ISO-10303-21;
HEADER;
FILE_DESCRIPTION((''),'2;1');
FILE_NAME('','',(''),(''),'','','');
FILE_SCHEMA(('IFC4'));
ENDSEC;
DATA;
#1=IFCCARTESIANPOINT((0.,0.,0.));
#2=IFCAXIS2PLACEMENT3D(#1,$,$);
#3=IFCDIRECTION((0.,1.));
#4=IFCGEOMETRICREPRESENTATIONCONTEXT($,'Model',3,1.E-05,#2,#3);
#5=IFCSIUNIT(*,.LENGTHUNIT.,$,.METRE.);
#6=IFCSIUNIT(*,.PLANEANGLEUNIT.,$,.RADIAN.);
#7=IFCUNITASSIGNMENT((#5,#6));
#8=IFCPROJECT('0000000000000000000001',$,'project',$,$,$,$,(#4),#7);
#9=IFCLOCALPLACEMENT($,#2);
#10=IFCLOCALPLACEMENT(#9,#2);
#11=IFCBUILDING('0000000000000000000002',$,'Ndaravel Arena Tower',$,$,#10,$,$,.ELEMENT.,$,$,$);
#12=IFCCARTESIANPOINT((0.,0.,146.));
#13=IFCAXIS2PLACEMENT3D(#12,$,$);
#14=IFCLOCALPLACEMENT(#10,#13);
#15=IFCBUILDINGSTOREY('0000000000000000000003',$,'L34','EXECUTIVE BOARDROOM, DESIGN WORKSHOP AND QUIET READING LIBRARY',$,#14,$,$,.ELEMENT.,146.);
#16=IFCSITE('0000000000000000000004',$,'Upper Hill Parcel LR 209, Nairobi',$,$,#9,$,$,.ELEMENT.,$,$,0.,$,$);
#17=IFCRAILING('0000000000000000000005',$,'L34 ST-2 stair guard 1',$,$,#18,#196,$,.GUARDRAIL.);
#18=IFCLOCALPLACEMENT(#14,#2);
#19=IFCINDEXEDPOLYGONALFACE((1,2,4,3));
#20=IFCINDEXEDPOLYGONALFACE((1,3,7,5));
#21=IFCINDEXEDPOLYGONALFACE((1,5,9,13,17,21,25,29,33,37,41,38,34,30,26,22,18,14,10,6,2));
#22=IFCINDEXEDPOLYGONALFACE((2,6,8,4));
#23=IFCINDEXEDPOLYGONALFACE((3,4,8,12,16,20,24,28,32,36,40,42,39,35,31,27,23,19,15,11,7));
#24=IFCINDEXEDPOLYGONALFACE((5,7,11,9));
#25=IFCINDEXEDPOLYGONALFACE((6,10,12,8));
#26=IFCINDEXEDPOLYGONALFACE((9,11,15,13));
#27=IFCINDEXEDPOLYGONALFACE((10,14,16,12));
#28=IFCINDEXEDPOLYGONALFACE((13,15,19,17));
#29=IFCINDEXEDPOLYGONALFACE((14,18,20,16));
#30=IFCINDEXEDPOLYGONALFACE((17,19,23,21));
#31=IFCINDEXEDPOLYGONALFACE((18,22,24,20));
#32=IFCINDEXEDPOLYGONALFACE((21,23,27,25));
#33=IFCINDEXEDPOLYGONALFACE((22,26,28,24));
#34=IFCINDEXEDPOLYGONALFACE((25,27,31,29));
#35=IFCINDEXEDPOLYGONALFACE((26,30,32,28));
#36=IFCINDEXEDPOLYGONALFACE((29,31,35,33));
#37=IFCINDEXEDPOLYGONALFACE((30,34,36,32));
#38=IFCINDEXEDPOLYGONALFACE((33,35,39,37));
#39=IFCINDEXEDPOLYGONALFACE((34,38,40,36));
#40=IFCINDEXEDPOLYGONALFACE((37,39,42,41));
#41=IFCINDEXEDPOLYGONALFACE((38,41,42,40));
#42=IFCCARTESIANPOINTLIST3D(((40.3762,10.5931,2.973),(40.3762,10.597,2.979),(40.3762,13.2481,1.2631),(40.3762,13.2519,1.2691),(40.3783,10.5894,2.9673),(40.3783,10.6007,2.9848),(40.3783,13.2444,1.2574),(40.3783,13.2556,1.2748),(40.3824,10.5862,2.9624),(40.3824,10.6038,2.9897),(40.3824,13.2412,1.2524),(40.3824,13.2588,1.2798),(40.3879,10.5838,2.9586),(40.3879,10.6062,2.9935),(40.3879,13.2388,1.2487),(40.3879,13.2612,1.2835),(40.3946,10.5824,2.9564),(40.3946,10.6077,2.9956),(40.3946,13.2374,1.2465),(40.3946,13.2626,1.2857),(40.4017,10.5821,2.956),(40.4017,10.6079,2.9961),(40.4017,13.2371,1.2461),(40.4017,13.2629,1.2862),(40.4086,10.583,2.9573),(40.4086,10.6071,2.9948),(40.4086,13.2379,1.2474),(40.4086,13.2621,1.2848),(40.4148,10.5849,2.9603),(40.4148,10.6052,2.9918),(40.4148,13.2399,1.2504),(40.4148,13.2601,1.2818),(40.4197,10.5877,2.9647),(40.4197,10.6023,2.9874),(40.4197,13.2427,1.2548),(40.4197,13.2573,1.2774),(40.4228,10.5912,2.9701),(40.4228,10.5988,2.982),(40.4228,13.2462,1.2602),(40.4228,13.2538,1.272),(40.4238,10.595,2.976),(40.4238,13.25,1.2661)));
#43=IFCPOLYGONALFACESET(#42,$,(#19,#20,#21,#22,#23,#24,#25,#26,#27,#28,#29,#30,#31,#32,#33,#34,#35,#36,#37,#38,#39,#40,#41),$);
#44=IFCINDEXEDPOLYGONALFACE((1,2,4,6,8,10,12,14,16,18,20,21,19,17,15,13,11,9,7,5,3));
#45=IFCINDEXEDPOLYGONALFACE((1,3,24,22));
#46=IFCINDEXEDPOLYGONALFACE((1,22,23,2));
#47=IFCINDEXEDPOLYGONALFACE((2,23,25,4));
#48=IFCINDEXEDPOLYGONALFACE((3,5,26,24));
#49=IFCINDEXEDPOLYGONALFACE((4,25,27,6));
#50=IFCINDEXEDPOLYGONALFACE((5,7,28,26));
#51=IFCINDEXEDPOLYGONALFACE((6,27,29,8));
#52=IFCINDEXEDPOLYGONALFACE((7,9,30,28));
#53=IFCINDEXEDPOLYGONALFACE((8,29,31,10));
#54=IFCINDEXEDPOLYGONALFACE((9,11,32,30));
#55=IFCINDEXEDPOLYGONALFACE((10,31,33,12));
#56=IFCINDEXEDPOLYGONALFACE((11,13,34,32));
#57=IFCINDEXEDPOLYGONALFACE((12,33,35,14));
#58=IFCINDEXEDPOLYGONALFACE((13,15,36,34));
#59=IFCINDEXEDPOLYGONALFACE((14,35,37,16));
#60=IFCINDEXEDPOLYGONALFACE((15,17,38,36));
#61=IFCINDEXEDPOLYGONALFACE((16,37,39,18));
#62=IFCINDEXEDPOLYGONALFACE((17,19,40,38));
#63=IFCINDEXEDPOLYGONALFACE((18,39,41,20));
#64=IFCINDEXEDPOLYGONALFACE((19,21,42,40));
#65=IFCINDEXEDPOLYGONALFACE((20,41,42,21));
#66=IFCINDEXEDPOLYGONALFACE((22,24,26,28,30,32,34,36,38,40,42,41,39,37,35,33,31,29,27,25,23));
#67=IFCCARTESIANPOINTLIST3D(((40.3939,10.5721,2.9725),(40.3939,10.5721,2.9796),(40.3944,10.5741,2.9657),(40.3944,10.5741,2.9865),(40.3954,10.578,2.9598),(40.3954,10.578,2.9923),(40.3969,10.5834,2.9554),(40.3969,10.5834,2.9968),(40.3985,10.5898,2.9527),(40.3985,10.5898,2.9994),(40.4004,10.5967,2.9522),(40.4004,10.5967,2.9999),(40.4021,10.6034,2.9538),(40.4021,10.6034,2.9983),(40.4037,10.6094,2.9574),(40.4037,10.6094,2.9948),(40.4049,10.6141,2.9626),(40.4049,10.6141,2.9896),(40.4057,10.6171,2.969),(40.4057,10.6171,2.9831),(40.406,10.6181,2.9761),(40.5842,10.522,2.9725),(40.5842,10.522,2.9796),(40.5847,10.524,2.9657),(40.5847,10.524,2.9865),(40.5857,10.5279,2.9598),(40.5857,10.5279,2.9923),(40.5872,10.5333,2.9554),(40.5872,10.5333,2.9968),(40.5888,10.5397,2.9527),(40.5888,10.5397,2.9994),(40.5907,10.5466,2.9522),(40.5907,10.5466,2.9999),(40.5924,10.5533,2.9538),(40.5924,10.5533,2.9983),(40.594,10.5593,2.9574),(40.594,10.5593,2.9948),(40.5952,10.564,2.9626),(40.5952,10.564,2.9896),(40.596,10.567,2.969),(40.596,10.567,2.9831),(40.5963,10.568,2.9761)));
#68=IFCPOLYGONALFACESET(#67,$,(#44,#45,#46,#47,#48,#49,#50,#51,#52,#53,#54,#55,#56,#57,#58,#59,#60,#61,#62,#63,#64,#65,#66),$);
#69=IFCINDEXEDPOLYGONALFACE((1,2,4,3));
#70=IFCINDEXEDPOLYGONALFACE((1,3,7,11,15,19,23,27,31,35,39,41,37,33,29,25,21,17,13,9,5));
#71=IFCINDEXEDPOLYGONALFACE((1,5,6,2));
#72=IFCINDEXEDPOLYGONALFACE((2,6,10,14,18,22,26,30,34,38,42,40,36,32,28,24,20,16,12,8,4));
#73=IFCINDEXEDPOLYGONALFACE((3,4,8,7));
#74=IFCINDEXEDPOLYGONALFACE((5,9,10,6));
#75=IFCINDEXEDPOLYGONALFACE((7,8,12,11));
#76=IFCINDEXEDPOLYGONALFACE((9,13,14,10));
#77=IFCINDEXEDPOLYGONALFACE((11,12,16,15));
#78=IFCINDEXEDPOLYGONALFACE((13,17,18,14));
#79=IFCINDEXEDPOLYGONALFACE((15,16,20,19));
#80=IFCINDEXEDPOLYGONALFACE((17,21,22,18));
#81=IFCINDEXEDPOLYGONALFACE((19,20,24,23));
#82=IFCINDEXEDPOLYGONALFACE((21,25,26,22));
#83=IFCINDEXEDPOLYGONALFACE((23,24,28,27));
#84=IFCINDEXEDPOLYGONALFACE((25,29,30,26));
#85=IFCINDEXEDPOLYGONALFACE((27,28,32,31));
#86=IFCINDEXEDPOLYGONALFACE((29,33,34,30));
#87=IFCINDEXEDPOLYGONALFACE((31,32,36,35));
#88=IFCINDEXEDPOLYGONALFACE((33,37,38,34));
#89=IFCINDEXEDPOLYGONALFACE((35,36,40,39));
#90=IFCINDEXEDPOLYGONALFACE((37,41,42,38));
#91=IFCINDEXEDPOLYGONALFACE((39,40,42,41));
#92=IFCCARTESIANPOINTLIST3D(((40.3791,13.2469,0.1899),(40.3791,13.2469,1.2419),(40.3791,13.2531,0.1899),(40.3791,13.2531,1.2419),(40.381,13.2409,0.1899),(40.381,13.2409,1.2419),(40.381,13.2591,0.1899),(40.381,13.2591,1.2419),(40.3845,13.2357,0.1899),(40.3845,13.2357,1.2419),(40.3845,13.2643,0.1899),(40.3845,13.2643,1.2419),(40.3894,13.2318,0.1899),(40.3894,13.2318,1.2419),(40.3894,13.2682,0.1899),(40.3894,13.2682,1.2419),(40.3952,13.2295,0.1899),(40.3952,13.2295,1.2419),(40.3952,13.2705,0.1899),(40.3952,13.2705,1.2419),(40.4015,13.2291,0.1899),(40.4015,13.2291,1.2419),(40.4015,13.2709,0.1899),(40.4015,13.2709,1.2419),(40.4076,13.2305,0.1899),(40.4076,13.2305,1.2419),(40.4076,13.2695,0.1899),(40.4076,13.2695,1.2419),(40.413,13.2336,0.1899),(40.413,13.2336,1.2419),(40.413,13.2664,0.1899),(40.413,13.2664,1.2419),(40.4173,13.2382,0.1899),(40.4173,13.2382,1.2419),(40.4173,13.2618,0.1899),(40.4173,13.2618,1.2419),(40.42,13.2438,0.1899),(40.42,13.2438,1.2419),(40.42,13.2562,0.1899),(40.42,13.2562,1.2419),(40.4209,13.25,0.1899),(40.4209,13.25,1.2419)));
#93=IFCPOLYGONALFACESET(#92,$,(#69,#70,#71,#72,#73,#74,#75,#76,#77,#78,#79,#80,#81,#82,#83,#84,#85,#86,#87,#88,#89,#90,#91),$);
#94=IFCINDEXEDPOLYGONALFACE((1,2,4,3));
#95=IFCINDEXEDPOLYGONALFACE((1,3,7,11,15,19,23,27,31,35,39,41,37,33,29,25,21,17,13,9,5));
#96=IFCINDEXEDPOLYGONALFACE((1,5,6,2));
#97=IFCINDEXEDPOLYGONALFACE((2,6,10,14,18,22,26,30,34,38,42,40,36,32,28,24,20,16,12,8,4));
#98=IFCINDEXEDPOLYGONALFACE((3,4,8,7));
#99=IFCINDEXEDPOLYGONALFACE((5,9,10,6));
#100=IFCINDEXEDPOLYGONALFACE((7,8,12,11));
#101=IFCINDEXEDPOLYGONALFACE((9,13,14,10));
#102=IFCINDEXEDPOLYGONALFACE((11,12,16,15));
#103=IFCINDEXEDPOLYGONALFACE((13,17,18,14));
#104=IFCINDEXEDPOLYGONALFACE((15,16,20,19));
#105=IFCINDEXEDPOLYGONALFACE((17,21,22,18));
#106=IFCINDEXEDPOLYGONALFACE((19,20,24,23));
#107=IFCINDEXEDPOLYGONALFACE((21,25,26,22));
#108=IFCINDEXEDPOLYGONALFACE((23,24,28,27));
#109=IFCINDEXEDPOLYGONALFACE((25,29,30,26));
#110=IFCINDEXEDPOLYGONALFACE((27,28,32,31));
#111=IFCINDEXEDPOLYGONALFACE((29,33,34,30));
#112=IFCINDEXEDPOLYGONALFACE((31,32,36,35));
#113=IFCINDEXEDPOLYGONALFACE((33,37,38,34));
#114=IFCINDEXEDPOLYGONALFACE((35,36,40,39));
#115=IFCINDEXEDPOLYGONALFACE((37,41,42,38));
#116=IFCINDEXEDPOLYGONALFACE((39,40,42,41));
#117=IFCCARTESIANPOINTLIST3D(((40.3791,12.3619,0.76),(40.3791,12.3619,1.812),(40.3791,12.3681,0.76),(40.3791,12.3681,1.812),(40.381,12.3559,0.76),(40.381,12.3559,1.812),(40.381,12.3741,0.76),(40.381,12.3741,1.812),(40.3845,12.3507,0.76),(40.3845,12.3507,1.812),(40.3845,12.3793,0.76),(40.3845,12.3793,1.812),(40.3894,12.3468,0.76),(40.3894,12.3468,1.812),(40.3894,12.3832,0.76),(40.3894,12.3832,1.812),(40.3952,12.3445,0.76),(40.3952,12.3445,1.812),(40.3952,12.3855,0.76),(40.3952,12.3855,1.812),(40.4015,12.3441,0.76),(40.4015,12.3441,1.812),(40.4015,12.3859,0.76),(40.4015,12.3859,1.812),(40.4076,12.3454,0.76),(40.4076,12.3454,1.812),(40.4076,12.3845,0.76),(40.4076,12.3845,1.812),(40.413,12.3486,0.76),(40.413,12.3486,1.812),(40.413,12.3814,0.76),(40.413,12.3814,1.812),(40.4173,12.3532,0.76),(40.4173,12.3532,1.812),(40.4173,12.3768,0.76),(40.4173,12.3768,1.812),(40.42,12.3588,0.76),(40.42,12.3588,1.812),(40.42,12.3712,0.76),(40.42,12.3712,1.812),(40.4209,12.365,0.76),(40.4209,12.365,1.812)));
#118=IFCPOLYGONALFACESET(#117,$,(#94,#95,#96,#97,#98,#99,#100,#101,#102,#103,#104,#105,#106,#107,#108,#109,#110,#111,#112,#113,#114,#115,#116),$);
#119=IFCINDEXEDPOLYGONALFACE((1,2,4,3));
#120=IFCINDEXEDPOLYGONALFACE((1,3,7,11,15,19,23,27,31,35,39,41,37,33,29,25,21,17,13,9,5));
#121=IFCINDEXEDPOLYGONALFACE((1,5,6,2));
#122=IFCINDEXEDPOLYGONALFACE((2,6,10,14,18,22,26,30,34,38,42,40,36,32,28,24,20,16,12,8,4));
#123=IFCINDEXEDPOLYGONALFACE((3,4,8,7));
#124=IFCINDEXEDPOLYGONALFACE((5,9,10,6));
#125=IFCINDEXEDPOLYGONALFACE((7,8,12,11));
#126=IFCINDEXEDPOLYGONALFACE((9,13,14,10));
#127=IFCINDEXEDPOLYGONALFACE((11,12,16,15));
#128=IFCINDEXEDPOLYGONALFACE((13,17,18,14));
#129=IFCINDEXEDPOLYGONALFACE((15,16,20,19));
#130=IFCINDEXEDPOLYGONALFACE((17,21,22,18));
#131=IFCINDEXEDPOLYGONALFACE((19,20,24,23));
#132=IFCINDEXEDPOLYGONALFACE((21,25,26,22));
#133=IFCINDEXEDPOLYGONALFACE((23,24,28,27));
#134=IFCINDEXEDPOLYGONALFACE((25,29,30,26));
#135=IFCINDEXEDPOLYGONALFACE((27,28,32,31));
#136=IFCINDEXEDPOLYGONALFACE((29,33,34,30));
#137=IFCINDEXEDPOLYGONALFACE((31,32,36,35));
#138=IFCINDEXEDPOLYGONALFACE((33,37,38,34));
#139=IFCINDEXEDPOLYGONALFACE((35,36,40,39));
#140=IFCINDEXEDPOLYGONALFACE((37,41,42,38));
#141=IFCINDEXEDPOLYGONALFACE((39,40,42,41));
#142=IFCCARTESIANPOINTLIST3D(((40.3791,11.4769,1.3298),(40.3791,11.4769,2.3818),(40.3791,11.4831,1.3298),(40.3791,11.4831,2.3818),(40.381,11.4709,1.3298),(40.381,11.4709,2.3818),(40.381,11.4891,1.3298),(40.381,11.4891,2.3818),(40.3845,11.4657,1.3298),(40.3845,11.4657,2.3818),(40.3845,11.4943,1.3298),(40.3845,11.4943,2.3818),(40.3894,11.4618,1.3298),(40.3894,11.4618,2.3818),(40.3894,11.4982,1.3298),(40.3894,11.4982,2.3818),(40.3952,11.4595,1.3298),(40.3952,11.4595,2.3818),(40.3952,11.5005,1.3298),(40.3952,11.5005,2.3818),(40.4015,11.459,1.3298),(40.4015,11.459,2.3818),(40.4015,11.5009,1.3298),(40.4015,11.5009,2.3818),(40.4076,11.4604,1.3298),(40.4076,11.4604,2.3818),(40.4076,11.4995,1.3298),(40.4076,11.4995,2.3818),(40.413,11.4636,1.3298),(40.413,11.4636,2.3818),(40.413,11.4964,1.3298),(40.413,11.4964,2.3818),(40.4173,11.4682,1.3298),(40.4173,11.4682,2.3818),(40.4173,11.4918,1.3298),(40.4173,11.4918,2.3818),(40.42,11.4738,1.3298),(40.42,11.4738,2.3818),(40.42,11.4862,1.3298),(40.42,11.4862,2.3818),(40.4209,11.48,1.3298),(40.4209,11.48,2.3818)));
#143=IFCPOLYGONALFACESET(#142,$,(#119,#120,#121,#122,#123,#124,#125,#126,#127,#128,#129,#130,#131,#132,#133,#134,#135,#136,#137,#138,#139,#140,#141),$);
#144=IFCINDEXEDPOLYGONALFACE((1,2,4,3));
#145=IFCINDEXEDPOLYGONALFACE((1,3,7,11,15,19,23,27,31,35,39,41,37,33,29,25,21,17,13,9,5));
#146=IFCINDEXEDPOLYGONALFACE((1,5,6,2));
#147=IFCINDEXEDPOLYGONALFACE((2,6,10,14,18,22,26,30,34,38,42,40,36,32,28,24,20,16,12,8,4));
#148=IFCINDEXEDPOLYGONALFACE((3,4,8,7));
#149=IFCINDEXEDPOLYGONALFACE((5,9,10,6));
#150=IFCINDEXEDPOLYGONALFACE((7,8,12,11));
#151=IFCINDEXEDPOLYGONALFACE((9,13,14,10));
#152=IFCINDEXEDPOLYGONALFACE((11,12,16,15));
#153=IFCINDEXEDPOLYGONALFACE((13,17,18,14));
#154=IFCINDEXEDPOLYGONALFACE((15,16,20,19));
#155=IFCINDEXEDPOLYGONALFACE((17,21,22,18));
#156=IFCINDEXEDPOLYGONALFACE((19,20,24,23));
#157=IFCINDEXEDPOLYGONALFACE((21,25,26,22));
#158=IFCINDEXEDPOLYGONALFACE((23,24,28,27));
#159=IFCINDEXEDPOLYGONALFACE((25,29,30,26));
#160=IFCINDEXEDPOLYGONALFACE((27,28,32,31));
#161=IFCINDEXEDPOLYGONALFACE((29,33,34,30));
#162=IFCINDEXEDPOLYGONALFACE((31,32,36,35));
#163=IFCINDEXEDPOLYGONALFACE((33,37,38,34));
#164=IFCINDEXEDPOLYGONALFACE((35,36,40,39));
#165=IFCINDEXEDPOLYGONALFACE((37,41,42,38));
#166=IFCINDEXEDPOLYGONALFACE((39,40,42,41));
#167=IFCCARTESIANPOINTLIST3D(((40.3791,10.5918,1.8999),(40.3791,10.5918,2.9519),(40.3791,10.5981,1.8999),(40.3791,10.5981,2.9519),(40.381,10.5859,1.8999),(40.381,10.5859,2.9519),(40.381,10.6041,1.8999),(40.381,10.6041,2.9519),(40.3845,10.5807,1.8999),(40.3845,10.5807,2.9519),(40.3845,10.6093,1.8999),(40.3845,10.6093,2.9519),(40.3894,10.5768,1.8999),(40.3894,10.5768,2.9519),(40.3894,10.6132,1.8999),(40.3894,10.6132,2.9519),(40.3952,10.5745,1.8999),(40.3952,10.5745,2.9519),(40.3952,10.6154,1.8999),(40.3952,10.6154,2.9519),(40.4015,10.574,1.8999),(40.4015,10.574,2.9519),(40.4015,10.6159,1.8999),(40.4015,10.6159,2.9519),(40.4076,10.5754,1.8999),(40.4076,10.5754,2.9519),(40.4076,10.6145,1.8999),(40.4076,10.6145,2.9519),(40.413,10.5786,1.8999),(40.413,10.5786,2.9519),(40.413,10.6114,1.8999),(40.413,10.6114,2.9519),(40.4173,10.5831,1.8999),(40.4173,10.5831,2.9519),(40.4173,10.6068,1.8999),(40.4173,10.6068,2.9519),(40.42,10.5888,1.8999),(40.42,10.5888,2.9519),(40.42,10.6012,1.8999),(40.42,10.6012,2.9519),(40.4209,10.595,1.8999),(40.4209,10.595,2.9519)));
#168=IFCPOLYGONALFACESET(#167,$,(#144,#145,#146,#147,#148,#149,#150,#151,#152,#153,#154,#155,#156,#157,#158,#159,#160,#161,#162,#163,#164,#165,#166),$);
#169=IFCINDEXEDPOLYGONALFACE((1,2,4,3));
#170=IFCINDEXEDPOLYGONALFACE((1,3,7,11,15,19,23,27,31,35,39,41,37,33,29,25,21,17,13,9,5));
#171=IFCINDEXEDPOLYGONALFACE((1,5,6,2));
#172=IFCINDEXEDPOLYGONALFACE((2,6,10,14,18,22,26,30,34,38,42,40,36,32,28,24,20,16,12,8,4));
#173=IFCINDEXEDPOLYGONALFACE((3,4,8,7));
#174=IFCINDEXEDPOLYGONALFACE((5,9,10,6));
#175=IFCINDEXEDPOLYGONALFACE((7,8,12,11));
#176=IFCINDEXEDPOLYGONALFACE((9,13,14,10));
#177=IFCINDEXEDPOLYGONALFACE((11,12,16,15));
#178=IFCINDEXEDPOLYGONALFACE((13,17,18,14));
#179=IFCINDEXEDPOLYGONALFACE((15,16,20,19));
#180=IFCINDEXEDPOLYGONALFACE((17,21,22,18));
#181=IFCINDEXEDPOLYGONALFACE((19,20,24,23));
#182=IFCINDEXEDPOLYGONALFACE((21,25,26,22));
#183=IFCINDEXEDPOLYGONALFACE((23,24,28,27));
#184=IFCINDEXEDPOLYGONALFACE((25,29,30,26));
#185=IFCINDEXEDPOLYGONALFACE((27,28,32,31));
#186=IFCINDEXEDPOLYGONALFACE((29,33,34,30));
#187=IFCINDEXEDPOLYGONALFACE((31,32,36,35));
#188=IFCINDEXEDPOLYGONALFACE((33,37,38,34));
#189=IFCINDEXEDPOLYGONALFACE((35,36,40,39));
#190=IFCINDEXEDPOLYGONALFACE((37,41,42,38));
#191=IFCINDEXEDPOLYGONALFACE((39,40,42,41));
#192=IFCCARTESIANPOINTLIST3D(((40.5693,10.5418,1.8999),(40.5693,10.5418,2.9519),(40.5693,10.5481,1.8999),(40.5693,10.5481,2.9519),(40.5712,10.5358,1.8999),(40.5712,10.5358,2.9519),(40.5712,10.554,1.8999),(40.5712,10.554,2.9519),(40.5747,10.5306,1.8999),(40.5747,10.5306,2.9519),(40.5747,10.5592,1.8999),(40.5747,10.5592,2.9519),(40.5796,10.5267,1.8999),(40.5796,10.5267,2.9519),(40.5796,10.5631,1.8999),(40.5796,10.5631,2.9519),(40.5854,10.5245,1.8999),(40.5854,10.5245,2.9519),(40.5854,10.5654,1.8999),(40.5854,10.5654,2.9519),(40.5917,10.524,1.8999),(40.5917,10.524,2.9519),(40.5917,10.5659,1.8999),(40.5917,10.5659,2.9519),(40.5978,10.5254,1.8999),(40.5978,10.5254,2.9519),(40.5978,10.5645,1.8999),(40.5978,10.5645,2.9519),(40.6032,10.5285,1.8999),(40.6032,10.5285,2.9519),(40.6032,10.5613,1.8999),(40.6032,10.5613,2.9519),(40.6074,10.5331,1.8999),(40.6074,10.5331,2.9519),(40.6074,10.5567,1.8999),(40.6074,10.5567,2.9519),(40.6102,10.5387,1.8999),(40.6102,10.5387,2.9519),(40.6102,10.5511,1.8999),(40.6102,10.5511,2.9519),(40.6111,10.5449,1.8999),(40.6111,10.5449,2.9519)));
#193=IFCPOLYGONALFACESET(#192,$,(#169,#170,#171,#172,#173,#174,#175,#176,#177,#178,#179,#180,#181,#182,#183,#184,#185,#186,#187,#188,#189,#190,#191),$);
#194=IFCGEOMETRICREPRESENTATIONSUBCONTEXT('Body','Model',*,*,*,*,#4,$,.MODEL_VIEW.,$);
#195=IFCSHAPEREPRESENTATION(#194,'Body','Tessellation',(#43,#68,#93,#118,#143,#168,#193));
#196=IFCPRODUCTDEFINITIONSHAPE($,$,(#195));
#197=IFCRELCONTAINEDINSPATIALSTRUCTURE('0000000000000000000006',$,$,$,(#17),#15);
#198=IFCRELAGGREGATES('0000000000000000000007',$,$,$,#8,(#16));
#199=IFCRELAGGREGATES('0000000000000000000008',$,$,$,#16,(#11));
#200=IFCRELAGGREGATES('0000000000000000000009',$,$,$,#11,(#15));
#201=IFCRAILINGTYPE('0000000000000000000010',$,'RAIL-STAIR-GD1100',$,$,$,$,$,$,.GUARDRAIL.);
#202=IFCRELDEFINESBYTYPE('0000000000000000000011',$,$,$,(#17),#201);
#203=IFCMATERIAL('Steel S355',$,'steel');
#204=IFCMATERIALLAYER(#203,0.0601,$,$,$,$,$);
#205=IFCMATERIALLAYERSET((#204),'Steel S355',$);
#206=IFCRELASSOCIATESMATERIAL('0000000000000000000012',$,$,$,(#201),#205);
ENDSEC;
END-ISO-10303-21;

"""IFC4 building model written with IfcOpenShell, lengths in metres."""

from ifc_helpers import new_model, si_unit, direction, frame, origin, origin_2d, place, context, subcontext, project, spatial, circle, extrude, material, layer, layer_set, type_object, element, save


model = new_model("IFC4")

# Units and contexts
model_context = context("Model", 3, precision=1e-05, world=origin(), true_north=direction((0.0, 1.0)))
body_context = subcontext(model_context, "Body", "Model", "MODEL_VIEW")
ifc_project = project(units=[si_unit("LENGTHUNIT", "METRE"), si_unit("PLANEANGLEUNIT", "RADIAN")], contexts=[model_context])

# Site, building, storey
site_placement = place(None, origin())
site = spatial("IfcSite", under=ifc_project, at=site_placement, Name="Upper Hill Parcel LR 209, Nairobi", CompositionType="ELEMENT", RefElevation=0.0)
building_placement = place(site_placement, origin())
building = spatial("IfcBuilding", under=site, at=building_placement, Name="Ndaravel Arena Tower", CompositionType="ELEMENT")
storey_placement = place(building_placement, frame((0.0, 0.0, 146.0)))
storey = spatial("IfcBuildingStorey", under=building, at=storey_placement, Name="L34", Description="EXECUTIVE BOARDROOM, DESIGN WORKSHOP AND QUIET READING LIBRARY", CompositionType="ELEMENT", Elevation=146.0)

# Railing
ifc_material_1 = material(Name="Steel S355", Category="steel")
ifc_layer_1 = layer(ifc_material_1, 0.0601)
ifc_layer_set_1 = layer_set([ifc_layer_1], Name="Steel S355")
railing_type_1 = type_object("IfcRailingType", Name="RAIL-STAIR-GD1100", PredefinedType="GUARDRAIL", material=ifc_layer_set_1)
railing_1_placement = place(storey_placement, frame((40.3999, 13.25, 0.1899)))
element("IfcRailing", 1, at=railing_1_placement, inside=storey, type_object=railing_type_1, Name="L34 ST-2 stair guard 1", PredefinedType="GUARDRAIL", context=body_context, shape_type="SweptSolid", body=[
    extrude(circle(Radius=0.0239, at=origin_2d()), frame((0.0, 0.0, 1.0762), z_axis=(0.0, -0.840724, 0.541465), x_axis=(1.0, 0.0, 0.0)), (0.0, 0.0, 1.0), 3.158),
    extrude(circle(Radius=0.0239, at=origin_2d()), frame((0.0, -2.655, 2.7861), z_axis=(0.967075, -0.254493, 0.0), x_axis=(0.254493, 0.967075, 0.0)), (0.0, 0.0, 1.0), 0.1968),
    extrude(circle(Radius=0.021, at=origin_2d()), origin(), (0.0, 0.0, 1.0), 1.052),
    extrude(circle(Radius=0.021, at=origin_2d()), frame((0.0, -0.885, 0.5701)), (0.0, 0.0, 1.0), 1.052),
    extrude(circle(Radius=0.021, at=origin_2d()), frame((0.0, -1.77, 1.1399)), (0.0, 0.0, 1.0), 1.052),
    extrude(circle(Radius=0.021, at=origin_2d()), frame((0.0, -2.655, 1.71)), (0.0, 0.0, 1.0), 1.052),
    extrude(circle(Radius=0.021, at=origin_2d()), frame((0.1902, -2.7051, 1.71)), (0.0, 0.0, 1.0), 1.052),
])

save(model, "model.ifc")
